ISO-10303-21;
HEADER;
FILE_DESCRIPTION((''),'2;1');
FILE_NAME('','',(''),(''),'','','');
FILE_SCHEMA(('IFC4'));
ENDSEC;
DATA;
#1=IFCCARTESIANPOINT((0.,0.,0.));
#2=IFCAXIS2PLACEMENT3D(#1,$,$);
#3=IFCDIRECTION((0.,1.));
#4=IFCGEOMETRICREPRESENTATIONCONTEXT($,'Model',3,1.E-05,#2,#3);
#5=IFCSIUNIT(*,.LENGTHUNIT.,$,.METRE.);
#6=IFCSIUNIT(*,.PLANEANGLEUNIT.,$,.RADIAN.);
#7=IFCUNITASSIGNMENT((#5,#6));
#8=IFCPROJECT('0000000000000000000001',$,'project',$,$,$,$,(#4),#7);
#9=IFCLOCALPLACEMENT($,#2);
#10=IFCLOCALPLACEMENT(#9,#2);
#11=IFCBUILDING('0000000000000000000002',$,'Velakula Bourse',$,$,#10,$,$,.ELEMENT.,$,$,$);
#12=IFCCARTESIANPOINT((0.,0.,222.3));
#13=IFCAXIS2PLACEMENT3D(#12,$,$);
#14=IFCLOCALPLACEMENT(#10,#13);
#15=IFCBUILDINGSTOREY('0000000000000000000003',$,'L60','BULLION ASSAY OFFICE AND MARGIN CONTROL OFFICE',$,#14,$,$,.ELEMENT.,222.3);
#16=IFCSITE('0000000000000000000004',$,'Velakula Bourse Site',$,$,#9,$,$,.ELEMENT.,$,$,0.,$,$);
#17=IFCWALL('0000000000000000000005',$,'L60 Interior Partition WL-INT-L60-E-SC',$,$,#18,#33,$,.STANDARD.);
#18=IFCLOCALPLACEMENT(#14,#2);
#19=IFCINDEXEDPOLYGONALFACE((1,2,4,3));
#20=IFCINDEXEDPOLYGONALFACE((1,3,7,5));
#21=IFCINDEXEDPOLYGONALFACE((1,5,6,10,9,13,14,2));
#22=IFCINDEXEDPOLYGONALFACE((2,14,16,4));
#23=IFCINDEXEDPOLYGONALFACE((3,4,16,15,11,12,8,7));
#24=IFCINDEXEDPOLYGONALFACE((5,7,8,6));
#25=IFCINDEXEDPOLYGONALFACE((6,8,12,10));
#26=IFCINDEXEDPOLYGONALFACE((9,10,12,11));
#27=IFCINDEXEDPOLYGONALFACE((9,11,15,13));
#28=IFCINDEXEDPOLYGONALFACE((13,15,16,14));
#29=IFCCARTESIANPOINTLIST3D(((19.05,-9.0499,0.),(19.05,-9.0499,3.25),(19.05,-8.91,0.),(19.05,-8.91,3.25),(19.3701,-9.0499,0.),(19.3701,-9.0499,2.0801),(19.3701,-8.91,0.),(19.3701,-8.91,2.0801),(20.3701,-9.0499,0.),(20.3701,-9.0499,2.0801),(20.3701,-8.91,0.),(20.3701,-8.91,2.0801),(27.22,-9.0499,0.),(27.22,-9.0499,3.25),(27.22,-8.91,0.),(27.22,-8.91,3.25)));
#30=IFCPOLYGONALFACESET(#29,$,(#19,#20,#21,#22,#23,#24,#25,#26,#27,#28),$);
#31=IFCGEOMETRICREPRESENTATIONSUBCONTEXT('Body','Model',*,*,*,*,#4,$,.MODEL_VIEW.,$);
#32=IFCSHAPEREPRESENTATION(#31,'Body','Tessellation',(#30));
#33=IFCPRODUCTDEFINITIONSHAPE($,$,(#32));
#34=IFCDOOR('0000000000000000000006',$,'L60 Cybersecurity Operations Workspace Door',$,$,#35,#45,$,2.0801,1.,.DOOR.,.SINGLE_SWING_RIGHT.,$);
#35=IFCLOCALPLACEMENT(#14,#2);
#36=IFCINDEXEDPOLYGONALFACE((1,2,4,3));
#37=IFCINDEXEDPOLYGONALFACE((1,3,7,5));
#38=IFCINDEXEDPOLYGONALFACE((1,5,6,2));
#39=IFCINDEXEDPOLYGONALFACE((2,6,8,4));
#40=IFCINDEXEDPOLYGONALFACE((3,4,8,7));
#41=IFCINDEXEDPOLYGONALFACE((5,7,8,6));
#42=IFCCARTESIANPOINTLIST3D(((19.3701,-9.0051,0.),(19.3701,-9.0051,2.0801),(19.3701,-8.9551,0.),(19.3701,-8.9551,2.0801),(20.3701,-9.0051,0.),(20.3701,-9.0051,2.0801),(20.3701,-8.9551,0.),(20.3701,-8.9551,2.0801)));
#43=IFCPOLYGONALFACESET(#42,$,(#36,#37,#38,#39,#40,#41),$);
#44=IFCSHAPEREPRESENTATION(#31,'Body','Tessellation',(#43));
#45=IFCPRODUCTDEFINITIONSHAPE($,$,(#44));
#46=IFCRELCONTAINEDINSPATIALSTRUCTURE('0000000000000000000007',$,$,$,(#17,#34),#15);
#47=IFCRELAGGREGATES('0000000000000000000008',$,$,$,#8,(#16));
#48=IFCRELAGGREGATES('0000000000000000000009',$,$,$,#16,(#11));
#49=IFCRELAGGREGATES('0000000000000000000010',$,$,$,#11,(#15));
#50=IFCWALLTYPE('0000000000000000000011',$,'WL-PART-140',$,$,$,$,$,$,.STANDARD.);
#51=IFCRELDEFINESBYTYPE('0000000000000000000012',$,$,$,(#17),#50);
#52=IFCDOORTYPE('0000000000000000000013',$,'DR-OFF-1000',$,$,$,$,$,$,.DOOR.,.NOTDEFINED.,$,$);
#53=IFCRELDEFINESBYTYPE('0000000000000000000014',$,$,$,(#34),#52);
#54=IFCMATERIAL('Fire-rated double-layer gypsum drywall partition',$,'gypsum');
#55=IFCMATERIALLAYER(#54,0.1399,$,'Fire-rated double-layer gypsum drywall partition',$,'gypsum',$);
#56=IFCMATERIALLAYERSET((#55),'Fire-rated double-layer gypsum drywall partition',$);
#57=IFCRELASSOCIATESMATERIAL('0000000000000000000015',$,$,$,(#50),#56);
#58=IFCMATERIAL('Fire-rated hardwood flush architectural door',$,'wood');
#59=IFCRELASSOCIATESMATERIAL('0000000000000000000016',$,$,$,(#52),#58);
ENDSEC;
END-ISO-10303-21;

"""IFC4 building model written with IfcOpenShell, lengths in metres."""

from ifc_helpers import new_model, si_unit, direction, frame, frame_2d, origin, place, context, subcontext, project, spatial, rectangle, extrude, material, layer, layer_set, type_object, element, fill, save


model = new_model("IFC4")

# Units and contexts
model_context = context("Model", 3, precision=1e-05, world=origin(), true_north=direction((0.0, 1.0)))
body_context = subcontext(model_context, "Body", "Model", "MODEL_VIEW")
ifc_project = project(units=[si_unit("LENGTHUNIT", "METRE"), si_unit("PLANEANGLEUNIT", "RADIAN")], contexts=[model_context])

# Site, building, storey
site_placement = place(None, origin())
site = spatial("IfcSite", under=ifc_project, at=site_placement, Name="Velakula Bourse Site", CompositionType="ELEMENT", RefElevation=0.0)
building_placement = place(site_placement, origin())
building = spatial("IfcBuilding", under=site, at=building_placement, Name="Velakula Bourse", CompositionType="ELEMENT")
storey_placement = place(building_placement, frame((0.0, 0.0, 222.3)))
storey = spatial("IfcBuildingStorey", under=building, at=storey_placement, Name="L60", Description="BULLION ASSAY OFFICE AND MARGIN CONTROL OFFICE", CompositionType="ELEMENT", Elevation=222.3)

# Wall, opening, door
ifc_material_1 = material(Name="Fire-rated double-layer gypsum drywall partition", Category="gypsum")
ifc_layer_1 = layer(ifc_material_1, 0.1399, Name="Fire-rated double-layer gypsum drywall partition", Category="gypsum")
ifc_layer_set_1 = layer_set([ifc_layer_1], Name="Fire-rated double-layer gypsum drywall partition")
wall_type_1 = type_object("IfcWallType", Name="WL-PART-140", PredefinedType="STANDARD", material=ifc_layer_set_1)
wall_1_placement = place(storey_placement, frame((19.05, -8.98, 0.0), z_axis=(0.0, 0.0, 1.0), x_axis=(1.0, 0.0, 0.0)))
wall_1 = element("IfcWall", 1, at=wall_1_placement, inside=storey, type_object=wall_type_1, Name="L60 Interior Partition WL-INT-L60-E-SC", PredefinedType="STANDARD", context=body_context, shape_type="SweptSolid", body=[
    extrude(rectangle(XDim=8.1699, YDim=0.1399, at=frame_2d((4.085, 0.0))), origin(), (0.0, 0.0, 1.0), 3.25),
])
opening_placement = place(wall_1_placement, frame((0.3201, 0.0, 0.0)))
opening = element("IfcOpeningElement", 2, at=opening_placement, cuts=wall_1, PredefinedType="OPENING", context=body_context, shape_type="SweptSolid", body=[
    extrude(rectangle(XDim=1.0, YDim=2.0801, at=frame_2d((0.5, 1.04))), frame((0.0, 0.0798, 0.0), z_axis=(0.0, -1.0, 0.0), x_axis=(1.0, 0.0, 0.0)), (0.0, 0.0, 1.0), 0.1599),
])
ifc_material_2 = material(Name="Fire-rated hardwood flush architectural door", Category="wood")
door_type = type_object("IfcDoorType", Name="DR-OFF-1000", OperationType="NOTDEFINED", PredefinedType="DOOR", material=ifc_material_2)
door_placement = place(opening_placement, origin())
door = element("IfcDoor", 3, at=door_placement, inside=storey, type_object=door_type, Name="L60 Cybersecurity Operations Workspace Door", OperationType="SINGLE_SWING_RIGHT", OverallHeight=2.0801, OverallWidth=1.0, PredefinedType="DOOR", context=body_context, shape_type="SweptSolid", body=[
    extrude(rectangle(XDim=1.0, YDim=2.0801, at=frame_2d((0.5, 1.04))), frame((0.0, 0.0249, 0.0), z_axis=(0.0, -1.0, 0.0), x_axis=(1.0, 0.0, 0.0)), (0.0, 0.0, 1.0), 0.05),
])
fill(opening, door)

save(model, "model.ifc")
